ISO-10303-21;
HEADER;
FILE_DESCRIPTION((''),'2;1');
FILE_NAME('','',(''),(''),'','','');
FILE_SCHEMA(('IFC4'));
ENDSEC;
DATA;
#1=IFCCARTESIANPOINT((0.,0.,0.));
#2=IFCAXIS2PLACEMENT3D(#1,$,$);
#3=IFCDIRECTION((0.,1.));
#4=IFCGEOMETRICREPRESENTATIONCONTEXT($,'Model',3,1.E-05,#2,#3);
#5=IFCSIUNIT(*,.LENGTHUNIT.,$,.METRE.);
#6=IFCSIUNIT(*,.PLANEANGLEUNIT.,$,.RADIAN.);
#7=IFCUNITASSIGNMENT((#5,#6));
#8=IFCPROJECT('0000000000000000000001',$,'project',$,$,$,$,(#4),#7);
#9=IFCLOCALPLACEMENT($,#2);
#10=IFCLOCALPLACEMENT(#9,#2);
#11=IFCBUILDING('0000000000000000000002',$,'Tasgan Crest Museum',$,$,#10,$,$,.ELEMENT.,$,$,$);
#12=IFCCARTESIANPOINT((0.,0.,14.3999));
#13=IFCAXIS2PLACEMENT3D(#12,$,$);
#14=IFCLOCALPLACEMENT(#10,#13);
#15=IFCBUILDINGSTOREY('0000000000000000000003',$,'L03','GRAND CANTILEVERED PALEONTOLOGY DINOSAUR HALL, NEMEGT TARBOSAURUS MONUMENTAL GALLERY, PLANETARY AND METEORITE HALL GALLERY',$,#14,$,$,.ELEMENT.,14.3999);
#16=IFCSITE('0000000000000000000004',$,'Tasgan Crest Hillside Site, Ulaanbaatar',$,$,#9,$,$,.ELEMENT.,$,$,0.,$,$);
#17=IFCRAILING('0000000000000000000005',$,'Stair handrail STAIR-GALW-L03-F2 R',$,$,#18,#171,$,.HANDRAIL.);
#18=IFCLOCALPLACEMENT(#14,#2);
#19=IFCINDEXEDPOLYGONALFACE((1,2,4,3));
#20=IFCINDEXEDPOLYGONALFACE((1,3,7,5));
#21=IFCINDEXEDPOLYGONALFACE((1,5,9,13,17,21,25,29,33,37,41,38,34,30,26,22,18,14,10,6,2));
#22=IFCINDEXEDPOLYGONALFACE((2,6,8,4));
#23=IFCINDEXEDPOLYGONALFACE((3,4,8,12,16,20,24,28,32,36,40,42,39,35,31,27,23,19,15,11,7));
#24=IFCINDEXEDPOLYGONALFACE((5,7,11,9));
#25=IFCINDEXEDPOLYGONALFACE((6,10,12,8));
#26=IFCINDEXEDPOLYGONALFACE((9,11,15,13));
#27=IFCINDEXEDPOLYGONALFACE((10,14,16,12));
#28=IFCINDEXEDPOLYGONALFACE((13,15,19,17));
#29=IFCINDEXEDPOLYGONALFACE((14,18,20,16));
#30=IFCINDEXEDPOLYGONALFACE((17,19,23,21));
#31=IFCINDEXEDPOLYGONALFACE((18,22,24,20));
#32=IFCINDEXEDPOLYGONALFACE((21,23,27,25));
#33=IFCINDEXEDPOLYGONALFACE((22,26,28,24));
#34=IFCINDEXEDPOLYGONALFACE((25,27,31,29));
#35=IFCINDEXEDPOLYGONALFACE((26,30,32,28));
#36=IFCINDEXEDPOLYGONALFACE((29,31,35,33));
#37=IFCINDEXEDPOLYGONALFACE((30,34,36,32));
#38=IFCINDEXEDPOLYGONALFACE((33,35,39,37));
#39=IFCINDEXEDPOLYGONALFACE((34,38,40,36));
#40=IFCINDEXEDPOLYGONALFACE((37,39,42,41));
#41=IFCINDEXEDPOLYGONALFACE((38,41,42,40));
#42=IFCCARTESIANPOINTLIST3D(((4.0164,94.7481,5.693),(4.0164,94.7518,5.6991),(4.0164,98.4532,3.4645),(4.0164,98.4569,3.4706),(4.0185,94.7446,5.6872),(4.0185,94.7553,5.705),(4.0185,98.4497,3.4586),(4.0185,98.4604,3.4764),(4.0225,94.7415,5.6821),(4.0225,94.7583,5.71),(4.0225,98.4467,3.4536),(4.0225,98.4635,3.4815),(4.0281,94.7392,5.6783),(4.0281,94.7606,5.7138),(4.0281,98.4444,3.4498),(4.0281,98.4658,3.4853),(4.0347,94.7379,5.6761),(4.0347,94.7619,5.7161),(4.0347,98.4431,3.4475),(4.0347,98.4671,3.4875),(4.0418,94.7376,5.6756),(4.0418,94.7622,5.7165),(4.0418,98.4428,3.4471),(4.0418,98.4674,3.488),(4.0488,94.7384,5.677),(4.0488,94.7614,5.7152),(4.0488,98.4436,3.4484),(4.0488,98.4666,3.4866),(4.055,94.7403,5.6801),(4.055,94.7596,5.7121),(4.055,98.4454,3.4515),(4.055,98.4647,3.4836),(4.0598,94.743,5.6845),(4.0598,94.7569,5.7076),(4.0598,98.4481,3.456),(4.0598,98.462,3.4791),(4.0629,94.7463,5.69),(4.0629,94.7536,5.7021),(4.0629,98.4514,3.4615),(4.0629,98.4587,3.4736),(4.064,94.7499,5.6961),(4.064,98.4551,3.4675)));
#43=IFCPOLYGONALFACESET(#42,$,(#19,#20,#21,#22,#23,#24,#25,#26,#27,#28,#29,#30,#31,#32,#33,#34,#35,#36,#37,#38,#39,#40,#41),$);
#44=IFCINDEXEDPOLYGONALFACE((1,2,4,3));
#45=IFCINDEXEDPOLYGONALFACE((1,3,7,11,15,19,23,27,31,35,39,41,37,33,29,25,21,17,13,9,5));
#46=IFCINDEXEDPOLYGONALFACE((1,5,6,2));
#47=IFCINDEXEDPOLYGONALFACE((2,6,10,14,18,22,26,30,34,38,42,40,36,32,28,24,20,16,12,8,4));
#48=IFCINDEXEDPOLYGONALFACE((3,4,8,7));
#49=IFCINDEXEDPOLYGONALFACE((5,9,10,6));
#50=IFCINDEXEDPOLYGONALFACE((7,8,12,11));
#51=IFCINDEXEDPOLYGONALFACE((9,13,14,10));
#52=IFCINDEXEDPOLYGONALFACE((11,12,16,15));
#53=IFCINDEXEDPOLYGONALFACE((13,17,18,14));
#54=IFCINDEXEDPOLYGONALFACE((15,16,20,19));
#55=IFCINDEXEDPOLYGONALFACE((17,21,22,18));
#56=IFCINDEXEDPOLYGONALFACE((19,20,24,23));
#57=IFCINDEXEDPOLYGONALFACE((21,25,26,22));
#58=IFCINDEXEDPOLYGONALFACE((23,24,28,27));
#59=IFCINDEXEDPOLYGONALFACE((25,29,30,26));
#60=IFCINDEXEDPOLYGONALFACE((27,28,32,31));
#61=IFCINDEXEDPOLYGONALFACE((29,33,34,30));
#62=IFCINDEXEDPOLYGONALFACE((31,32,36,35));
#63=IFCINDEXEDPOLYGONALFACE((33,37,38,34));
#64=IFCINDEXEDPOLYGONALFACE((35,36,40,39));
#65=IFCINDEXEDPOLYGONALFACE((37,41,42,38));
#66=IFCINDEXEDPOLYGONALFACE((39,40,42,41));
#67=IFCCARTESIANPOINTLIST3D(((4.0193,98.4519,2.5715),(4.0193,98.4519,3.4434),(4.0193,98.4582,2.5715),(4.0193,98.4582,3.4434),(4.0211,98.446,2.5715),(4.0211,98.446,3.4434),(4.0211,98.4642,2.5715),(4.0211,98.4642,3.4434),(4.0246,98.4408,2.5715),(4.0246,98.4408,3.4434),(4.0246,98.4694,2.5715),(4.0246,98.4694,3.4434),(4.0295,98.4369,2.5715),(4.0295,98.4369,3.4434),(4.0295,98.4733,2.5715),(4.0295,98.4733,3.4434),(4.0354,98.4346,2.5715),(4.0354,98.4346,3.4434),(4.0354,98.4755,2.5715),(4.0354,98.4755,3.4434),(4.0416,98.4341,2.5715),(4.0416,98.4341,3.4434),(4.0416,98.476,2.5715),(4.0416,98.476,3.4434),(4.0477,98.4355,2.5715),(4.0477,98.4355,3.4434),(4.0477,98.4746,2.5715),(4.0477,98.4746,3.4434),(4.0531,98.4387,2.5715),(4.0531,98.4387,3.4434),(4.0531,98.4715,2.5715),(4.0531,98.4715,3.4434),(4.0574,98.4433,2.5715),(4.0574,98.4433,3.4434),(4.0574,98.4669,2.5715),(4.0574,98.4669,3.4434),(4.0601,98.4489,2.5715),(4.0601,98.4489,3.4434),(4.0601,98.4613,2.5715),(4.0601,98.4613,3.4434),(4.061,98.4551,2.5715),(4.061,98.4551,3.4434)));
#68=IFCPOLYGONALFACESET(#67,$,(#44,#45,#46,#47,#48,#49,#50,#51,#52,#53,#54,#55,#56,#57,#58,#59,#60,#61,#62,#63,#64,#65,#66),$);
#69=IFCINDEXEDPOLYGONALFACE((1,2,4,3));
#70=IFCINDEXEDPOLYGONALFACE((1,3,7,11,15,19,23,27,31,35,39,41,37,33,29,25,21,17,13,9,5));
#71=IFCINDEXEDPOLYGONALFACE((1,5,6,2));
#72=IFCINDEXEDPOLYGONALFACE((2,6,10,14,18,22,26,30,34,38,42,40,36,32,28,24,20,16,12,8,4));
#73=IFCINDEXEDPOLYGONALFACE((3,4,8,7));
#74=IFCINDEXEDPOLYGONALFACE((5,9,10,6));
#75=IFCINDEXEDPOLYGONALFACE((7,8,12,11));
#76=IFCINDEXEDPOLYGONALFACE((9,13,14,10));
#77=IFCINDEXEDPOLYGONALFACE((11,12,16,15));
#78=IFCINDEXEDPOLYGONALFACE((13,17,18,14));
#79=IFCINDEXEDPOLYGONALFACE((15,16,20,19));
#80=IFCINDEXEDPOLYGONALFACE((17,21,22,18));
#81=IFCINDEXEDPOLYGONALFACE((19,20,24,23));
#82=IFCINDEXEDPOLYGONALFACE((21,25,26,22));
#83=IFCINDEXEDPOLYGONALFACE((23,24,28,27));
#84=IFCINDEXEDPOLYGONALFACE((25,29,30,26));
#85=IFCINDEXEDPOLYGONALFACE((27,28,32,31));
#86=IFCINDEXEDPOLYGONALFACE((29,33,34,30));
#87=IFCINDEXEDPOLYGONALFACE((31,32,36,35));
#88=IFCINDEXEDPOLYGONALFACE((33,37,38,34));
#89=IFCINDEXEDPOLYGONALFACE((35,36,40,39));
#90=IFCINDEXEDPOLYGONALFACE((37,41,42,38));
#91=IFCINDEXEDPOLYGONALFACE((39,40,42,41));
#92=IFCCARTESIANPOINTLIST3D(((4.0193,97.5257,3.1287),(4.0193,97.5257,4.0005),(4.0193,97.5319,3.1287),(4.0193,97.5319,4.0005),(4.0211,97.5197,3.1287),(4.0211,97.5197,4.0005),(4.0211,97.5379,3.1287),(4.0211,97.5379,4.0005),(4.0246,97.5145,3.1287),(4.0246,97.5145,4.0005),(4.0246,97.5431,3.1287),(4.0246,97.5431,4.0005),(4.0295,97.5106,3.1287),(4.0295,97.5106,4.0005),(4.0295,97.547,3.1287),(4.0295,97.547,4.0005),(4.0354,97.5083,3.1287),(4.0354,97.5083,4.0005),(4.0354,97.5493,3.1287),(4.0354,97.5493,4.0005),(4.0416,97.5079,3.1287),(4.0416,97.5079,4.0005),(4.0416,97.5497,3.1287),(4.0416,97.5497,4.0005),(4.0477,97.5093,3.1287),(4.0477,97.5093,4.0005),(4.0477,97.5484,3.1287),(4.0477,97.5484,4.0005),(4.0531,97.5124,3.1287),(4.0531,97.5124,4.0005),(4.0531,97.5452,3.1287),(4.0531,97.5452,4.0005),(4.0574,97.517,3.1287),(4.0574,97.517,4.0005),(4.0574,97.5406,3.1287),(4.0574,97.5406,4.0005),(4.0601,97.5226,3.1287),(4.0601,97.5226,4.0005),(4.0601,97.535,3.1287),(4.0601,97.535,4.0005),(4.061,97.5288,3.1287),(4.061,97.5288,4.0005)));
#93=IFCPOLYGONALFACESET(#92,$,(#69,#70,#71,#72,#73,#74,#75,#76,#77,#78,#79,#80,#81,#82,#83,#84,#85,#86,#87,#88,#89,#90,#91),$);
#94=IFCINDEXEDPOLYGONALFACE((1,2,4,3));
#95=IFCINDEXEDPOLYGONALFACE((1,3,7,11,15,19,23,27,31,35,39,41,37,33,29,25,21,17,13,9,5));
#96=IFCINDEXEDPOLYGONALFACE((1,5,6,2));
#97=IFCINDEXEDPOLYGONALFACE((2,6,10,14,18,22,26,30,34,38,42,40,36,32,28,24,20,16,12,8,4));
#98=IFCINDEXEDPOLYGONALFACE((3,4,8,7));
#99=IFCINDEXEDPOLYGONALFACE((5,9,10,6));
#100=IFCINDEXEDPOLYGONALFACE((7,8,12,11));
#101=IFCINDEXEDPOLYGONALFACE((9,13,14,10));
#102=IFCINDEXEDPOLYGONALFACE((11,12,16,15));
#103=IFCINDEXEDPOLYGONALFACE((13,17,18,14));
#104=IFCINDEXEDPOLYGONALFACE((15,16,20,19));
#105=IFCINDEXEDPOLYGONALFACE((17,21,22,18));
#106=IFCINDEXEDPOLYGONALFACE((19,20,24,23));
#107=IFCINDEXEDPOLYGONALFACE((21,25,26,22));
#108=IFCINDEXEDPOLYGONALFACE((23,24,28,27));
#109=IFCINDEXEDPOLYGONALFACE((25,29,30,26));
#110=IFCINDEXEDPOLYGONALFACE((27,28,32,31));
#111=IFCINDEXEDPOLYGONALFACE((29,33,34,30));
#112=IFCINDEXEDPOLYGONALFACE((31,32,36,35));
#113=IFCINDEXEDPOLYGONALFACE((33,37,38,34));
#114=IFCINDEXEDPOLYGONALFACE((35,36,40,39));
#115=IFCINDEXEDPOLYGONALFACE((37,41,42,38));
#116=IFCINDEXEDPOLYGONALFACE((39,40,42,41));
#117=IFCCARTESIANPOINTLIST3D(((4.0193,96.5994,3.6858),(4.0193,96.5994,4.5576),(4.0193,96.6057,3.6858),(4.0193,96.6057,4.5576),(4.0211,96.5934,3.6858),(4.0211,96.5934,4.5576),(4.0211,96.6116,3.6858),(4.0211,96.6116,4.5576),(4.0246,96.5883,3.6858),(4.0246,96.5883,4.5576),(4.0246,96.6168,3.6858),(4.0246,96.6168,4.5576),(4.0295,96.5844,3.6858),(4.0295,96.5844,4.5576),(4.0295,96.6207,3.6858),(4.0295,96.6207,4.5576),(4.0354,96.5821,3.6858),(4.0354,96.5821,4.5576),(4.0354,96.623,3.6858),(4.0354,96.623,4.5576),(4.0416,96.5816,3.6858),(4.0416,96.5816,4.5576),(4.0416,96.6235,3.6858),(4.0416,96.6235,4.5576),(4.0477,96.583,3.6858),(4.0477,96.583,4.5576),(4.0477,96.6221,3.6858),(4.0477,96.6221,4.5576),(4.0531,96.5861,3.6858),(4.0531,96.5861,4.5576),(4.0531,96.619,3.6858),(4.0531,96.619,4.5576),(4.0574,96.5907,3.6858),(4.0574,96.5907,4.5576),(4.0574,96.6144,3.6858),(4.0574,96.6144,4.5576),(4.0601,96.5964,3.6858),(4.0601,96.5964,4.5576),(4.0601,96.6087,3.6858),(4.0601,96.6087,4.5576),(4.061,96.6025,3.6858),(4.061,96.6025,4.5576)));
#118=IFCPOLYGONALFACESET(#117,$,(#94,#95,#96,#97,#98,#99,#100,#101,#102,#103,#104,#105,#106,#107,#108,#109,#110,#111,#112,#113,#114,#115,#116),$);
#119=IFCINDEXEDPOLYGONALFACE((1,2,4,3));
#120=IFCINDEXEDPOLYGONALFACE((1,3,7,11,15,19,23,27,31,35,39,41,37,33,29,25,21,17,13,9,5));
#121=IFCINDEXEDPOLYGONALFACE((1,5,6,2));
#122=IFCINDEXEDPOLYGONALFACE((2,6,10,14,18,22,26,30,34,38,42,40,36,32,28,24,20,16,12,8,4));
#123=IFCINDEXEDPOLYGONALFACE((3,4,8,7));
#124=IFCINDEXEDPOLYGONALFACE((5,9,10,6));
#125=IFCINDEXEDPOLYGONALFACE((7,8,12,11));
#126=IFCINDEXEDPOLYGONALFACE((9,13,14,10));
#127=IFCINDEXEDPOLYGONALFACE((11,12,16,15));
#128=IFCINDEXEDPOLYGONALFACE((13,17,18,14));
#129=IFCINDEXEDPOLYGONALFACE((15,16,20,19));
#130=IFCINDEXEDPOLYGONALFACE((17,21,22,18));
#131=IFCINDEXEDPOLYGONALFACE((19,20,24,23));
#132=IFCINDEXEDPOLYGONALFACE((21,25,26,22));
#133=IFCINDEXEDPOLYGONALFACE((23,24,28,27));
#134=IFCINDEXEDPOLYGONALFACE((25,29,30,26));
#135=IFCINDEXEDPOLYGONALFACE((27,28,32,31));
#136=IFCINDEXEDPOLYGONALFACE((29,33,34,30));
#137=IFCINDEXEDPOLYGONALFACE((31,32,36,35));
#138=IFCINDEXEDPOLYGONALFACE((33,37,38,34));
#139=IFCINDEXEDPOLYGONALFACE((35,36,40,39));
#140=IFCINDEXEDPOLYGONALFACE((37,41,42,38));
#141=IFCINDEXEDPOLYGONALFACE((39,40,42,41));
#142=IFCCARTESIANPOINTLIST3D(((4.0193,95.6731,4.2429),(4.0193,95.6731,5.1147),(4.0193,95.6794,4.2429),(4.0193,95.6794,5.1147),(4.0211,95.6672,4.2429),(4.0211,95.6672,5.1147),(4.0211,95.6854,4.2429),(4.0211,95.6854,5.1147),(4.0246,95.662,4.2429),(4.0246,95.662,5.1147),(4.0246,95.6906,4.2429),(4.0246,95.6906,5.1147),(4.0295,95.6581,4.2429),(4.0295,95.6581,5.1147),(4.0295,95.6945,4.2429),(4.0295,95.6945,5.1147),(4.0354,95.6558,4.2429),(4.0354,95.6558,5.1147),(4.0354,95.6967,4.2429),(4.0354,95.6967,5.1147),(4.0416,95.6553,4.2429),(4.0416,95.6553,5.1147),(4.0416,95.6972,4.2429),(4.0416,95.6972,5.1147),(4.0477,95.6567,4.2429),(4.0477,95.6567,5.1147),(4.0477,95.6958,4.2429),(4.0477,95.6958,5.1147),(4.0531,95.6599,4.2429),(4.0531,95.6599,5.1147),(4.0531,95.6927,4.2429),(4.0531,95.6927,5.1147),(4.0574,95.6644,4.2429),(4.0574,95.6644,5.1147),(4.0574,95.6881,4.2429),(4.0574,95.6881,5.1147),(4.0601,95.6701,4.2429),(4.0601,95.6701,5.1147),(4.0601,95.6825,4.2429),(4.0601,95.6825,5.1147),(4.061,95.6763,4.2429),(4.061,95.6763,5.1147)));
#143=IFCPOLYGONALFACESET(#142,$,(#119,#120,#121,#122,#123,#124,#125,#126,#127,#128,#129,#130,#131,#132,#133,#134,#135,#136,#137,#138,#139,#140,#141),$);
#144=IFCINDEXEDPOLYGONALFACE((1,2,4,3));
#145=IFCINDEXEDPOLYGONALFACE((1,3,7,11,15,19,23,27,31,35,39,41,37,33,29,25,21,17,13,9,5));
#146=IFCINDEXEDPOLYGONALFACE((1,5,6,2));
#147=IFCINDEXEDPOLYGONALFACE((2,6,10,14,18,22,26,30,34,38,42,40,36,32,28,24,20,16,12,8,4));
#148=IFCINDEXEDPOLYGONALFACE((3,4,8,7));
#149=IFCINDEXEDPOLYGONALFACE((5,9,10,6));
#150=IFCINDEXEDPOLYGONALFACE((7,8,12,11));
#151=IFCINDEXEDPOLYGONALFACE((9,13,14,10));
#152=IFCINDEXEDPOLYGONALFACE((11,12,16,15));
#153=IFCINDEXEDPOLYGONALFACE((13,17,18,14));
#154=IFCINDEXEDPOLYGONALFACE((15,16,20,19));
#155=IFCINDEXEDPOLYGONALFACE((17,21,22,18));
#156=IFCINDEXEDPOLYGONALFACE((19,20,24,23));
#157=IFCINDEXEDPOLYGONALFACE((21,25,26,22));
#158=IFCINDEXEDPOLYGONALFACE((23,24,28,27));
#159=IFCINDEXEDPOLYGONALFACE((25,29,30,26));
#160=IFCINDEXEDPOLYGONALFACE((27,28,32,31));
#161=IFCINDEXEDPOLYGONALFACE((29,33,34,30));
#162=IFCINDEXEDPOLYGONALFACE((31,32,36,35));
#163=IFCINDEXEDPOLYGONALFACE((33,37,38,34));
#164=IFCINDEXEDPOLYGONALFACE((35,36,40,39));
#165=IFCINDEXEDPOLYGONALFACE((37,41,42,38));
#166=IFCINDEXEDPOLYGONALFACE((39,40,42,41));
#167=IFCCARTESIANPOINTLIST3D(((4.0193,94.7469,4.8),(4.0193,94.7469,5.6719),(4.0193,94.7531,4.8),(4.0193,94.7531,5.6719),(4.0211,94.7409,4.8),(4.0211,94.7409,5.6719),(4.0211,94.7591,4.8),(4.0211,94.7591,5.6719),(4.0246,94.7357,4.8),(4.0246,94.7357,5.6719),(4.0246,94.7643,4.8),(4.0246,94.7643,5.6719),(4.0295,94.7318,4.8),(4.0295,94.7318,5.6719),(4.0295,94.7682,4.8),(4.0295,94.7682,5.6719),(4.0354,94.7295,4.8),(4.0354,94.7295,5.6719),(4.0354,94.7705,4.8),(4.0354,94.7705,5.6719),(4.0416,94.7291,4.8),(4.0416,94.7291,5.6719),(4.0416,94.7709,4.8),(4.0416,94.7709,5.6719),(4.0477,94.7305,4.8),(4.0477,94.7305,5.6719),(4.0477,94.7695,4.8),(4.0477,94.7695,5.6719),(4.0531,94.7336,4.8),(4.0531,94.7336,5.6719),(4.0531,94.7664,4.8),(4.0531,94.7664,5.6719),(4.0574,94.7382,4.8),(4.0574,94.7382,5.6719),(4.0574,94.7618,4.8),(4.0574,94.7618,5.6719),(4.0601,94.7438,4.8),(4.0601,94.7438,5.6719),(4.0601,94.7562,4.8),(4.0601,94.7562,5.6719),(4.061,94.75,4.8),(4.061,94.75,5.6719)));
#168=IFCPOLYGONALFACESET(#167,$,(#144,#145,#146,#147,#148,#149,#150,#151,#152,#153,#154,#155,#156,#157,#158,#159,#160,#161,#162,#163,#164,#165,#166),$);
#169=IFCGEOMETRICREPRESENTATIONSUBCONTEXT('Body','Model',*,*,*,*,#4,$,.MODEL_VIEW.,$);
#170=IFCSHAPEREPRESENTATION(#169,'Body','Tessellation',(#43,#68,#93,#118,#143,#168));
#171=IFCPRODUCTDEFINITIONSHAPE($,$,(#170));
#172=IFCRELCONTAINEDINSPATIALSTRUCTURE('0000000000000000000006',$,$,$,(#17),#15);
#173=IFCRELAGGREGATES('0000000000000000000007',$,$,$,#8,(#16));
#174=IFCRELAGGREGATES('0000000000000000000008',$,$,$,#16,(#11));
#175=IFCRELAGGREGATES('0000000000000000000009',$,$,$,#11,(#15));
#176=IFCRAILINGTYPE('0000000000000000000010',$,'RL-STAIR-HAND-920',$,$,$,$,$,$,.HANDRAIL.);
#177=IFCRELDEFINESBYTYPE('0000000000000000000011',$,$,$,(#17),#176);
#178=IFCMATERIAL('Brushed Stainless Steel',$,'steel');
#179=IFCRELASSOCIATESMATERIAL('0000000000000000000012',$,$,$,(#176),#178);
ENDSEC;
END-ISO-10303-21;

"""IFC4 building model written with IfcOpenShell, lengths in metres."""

from ifc_helpers import new_model, si_unit, direction, frame, origin, origin_2d, place, context, subcontext, project, spatial, circle, extrude, material, type_object, element, save


model = new_model("IFC4")

# Units and contexts
model_context = context("Model", 3, precision=1e-05, world=origin(), true_north=direction((0.0, 1.0)))
body_context = subcontext(model_context, "Body", "Model", "MODEL_VIEW")
ifc_project = project(units=[si_unit("LENGTHUNIT", "METRE"), si_unit("PLANEANGLEUNIT", "RADIAN")], contexts=[model_context])

# Site, building, storey
site_placement = place(None, origin())
site = spatial("IfcSite", under=ifc_project, at=site_placement, Name="Tasgan Crest Hillside Site, Ulaanbaatar", CompositionType="ELEMENT", RefElevation=0.0)
building_placement = place(site_placement, origin())
building = spatial("IfcBuilding", under=site, at=building_placement, Name="Tasgan Crest Museum", CompositionType="ELEMENT")
storey_placement = place(building_placement, frame((0.0, 0.0, 14.3999)))
storey = spatial("IfcBuildingStorey", under=building, at=storey_placement, Name="L03", Description="GRAND CANTILEVERED PALEONTOLOGY DINOSAUR HALL, NEMEGT TARBOSAURUS MONUMENTAL GALLERY, PLANETARY AND METEORITE HALL GALLERY", CompositionType="ELEMENT", Elevation=14.3999)

# Railing
ifc_material_1 = material(Name="Brushed Stainless Steel", Category="steel")
railing_type_1 = type_object("IfcRailingType", Name="RL-STAIR-HAND-920", PredefinedType="HANDRAIL", material=ifc_material_1)
for number, where, name in (
    (1, (4.04, 98.4551, 2.5715), "Stair handrail STAIR-GALW-L03-F2 R"),
):
    element("IfcRailing", number, at=place(storey_placement, frame(where)), inside=storey, type_object=railing_type_1, Name=name, PredefinedType="HANDRAIL", context=body_context, shape_type="SweptSolid", body=[
        extrude(circle(Radius=0.0239, at=origin_2d()), frame((0.0, 0.0, 0.896), z_axis=(0.0, -0.856934, 0.515425), x_axis=(1.0, 0.0, 0.0)), (0.0, 0.0, 1.0), 4.3237),
        extrude(circle(Radius=0.021, at=origin_2d()), origin(), (0.0, 0.0, 1.0), 0.8718),
        extrude(circle(Radius=0.021, at=origin_2d()), frame((0.0, -0.9263, 0.5571)), (0.0, 0.0, 1.0), 0.8718),
        extrude(circle(Radius=0.021, at=origin_2d()), frame((0.0, -1.8525, 1.1143)), (0.0, 0.0, 1.0), 0.8718),
        extrude(circle(Radius=0.021, at=origin_2d()), frame((0.0, -2.7788, 1.6714)), (0.0, 0.0, 1.0), 0.8718),
        extrude(circle(Radius=0.021, at=origin_2d()), frame((0.0, -3.7051, 2.2285)), (0.0, 0.0, 1.0), 0.8718),
    ])

save(model, "model.ifc")
